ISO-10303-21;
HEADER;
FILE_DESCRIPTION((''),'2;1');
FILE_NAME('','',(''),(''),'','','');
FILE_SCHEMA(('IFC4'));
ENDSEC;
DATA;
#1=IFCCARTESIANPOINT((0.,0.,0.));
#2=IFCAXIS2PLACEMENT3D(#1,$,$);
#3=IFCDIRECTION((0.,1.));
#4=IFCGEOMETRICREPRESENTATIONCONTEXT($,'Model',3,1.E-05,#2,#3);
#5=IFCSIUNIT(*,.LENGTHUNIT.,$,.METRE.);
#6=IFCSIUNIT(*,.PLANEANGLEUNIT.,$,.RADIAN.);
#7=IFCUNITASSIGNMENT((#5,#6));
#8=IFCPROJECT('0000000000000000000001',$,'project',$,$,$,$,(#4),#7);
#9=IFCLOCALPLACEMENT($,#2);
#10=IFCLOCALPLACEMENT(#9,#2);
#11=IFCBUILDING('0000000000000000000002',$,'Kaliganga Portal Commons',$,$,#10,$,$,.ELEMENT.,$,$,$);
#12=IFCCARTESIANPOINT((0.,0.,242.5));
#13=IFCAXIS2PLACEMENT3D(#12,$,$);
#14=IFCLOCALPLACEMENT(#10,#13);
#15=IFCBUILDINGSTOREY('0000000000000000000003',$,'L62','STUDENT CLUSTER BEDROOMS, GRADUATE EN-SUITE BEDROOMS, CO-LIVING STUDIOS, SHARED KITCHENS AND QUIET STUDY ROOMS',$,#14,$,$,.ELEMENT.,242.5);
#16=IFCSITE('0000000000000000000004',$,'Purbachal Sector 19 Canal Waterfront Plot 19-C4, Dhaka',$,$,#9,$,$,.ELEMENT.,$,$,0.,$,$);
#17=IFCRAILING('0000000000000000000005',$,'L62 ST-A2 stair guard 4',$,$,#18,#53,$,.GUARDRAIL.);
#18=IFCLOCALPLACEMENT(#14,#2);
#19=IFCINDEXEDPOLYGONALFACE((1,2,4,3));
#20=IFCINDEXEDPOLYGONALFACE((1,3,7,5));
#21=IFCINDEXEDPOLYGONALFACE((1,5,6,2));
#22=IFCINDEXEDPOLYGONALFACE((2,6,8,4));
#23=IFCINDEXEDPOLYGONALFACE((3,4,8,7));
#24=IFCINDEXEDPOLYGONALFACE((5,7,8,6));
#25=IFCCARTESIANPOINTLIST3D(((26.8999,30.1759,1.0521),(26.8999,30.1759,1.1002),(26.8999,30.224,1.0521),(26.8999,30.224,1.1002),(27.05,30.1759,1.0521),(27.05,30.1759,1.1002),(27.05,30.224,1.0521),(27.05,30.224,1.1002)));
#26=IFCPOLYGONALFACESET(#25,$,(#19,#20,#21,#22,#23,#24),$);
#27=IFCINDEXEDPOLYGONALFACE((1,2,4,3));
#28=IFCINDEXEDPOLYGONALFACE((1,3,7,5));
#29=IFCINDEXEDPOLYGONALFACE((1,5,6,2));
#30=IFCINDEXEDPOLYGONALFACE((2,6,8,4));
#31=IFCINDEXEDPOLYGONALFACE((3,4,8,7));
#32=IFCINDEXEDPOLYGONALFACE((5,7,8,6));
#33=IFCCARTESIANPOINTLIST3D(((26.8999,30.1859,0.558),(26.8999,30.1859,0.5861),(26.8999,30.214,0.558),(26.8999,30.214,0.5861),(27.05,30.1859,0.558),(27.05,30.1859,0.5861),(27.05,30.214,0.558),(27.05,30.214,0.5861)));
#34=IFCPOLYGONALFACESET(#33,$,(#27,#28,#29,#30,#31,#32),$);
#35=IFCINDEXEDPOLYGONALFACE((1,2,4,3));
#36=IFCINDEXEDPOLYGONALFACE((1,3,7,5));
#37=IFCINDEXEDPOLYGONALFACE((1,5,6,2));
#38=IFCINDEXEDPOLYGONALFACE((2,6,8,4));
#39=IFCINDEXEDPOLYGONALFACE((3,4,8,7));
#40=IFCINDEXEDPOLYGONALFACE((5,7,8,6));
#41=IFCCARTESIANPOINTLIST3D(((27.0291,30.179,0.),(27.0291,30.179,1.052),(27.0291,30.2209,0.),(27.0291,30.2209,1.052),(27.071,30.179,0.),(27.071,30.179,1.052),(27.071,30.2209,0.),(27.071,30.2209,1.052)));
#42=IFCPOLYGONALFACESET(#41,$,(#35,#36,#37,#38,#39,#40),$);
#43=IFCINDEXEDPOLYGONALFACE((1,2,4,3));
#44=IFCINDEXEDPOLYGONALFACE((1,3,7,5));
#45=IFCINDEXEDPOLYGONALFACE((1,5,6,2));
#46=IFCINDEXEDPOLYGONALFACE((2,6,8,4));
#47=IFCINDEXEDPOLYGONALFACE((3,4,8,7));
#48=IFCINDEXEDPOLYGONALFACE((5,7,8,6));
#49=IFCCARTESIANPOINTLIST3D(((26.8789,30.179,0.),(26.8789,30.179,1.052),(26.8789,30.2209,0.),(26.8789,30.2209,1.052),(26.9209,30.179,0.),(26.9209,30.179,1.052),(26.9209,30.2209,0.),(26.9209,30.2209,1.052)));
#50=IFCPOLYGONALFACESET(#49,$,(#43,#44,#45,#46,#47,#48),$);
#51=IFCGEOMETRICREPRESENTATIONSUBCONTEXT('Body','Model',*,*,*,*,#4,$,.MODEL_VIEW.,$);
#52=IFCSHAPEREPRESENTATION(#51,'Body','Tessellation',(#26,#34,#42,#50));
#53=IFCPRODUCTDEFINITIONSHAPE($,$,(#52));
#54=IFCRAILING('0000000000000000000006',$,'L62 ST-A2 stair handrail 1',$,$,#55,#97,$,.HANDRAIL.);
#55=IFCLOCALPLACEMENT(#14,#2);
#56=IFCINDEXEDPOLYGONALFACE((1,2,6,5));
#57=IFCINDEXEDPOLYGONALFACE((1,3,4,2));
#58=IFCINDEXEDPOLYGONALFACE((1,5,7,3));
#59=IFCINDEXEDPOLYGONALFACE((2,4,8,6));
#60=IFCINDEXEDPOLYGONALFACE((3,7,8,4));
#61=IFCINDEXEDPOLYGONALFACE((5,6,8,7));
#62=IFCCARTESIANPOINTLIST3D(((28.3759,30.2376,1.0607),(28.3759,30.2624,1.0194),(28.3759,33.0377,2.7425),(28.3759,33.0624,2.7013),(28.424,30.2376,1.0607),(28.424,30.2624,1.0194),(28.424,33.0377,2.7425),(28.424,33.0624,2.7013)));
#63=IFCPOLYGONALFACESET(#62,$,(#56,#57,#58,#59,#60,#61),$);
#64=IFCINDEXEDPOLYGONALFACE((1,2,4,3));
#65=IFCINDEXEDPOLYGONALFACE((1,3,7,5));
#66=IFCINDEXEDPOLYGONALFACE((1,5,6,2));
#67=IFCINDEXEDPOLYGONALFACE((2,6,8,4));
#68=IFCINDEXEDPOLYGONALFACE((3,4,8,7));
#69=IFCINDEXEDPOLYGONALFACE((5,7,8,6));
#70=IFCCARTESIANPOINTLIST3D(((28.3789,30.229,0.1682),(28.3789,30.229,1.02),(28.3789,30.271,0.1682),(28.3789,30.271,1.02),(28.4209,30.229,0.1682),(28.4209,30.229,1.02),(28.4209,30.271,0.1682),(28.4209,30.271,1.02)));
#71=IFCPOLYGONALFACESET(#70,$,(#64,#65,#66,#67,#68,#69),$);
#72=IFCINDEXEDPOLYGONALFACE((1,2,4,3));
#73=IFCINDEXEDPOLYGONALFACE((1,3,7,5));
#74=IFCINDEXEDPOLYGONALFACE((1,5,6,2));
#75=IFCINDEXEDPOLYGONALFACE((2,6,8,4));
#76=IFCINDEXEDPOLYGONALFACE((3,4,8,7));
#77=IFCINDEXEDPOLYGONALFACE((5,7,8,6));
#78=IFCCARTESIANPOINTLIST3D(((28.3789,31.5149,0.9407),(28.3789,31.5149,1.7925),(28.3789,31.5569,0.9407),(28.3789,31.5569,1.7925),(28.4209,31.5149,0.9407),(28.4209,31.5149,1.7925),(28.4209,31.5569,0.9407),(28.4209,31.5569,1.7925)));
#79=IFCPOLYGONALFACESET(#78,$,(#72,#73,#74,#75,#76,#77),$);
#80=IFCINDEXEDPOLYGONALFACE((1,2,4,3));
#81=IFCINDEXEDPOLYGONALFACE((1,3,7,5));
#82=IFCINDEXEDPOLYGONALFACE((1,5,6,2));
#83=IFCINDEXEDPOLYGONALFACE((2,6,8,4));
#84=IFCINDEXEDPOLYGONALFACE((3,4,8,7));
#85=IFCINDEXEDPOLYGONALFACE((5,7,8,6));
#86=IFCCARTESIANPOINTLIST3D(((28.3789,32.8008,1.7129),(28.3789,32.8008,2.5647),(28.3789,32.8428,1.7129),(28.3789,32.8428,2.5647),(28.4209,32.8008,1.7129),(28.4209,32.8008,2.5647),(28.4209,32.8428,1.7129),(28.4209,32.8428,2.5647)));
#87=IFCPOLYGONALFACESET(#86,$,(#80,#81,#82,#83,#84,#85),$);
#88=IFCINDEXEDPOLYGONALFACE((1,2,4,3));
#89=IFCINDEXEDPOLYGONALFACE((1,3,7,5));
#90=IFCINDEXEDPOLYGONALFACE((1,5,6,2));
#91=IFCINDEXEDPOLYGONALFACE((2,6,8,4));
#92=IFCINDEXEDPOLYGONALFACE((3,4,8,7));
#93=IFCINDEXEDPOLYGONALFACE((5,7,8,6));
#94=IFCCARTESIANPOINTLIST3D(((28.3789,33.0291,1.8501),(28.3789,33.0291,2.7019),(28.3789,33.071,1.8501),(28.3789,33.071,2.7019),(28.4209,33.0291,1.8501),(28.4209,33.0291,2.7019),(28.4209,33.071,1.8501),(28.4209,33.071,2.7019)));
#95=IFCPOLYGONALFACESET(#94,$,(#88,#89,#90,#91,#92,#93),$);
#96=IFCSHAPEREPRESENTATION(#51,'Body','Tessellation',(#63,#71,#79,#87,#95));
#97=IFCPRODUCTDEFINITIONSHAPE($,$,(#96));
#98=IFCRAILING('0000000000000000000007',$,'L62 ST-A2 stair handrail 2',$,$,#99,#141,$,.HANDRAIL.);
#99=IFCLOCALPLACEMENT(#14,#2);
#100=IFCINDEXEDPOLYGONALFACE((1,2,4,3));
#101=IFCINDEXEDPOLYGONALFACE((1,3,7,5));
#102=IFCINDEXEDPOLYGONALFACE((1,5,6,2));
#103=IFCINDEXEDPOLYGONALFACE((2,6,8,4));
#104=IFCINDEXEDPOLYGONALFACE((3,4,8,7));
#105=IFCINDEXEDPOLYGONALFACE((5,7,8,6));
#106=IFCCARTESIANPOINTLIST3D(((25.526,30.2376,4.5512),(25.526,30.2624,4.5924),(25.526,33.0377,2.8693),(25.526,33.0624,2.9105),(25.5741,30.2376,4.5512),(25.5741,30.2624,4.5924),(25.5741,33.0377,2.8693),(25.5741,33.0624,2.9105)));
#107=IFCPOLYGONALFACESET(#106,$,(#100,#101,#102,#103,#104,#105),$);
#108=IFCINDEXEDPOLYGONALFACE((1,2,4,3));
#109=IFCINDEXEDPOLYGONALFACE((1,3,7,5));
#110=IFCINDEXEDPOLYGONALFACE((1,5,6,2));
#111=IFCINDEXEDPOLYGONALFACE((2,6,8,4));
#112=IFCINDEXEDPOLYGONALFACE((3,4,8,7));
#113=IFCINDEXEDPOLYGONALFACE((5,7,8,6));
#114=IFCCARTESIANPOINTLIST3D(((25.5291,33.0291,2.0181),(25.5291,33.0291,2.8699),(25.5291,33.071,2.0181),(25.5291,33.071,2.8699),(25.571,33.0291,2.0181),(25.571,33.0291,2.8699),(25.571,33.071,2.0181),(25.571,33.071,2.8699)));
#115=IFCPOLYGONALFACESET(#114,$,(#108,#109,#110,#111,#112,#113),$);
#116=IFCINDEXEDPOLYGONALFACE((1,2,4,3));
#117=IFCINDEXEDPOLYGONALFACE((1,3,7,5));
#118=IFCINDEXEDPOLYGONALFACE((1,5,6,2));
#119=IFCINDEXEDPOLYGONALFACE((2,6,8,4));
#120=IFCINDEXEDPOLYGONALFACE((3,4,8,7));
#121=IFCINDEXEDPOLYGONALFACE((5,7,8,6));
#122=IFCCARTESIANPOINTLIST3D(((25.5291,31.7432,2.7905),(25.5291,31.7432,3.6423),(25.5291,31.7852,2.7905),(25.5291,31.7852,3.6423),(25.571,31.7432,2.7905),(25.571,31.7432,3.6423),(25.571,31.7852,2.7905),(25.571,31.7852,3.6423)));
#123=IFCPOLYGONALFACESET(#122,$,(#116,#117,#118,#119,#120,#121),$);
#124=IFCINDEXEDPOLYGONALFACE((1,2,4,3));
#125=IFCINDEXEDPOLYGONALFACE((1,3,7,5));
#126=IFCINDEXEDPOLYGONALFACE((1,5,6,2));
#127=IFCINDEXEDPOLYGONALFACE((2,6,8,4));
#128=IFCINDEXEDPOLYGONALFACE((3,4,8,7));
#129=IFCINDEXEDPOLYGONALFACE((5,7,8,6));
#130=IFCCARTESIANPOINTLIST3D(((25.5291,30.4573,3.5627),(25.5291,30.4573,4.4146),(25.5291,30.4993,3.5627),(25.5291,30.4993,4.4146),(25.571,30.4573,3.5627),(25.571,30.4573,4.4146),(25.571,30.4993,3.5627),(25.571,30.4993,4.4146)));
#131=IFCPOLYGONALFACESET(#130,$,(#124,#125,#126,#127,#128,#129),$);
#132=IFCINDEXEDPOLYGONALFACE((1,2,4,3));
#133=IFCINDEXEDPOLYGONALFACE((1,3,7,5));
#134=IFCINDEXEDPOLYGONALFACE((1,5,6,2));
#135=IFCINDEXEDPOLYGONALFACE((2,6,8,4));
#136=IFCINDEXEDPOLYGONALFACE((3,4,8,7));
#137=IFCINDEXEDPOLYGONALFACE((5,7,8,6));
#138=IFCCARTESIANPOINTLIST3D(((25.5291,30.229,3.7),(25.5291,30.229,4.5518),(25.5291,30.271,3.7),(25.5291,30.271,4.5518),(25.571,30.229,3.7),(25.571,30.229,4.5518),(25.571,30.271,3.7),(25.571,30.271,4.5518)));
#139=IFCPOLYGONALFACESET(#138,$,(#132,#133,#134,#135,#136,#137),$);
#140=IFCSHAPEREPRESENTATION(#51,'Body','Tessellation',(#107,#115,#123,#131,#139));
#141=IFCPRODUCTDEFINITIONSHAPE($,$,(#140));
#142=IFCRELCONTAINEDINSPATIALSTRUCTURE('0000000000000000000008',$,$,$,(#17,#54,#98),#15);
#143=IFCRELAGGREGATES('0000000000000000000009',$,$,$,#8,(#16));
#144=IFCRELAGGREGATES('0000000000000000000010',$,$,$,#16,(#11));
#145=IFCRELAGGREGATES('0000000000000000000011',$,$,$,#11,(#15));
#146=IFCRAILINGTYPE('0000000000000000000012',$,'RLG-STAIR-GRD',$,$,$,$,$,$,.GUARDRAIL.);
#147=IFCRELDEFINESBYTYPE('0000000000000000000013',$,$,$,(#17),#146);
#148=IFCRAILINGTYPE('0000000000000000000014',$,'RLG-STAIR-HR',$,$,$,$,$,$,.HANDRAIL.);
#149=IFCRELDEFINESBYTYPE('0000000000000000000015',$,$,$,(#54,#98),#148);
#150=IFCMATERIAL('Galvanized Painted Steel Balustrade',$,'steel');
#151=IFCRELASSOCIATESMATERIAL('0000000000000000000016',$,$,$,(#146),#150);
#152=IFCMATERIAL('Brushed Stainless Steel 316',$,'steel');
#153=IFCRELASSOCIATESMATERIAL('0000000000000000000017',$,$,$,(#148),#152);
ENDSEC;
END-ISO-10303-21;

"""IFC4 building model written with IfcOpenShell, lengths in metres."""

from ifc_helpers import new_model, si_unit, direction, frame, origin, origin_2d, place, context, subcontext, project, spatial, rectangle, extrude, material, type_object, element, save


model = new_model("IFC4")

# Units and contexts
model_context = context("Model", 3, precision=1e-05, world=origin(), true_north=direction((0.0, 1.0)))
body_context = subcontext(model_context, "Body", "Model", "MODEL_VIEW")
ifc_project = project(units=[si_unit("LENGTHUNIT", "METRE"), si_unit("PLANEANGLEUNIT", "RADIAN")], contexts=[model_context])

# Site, building, storey
site_placement = place(None, origin())
site = spatial("IfcSite", under=ifc_project, at=site_placement, Name="Purbachal Sector 19 Canal Waterfront Plot 19-C4, Dhaka", CompositionType="ELEMENT", RefElevation=0.0)
building_placement = place(site_placement, origin())
building = spatial("IfcBuilding", under=site, at=building_placement, Name="Kaliganga Portal Commons", CompositionType="ELEMENT")
storey_placement = place(building_placement, frame((0.0, 0.0, 242.5)))
storey = spatial("IfcBuildingStorey", under=building, at=storey_placement, Name="L62", Description="STUDENT CLUSTER BEDROOMS, GRADUATE EN-SUITE BEDROOMS, CO-LIVING STUDIOS, SHARED KITCHENS AND QUIET STUDY ROOMS", CompositionType="ELEMENT", Elevation=242.5)

# Railings
ifc_material_1 = material(Name="Galvanized Painted Steel Balustrade", Category="steel")
railing_type_1 = type_object("IfcRailingType", Name="RLG-STAIR-GRD", PredefinedType="GUARDRAIL", material=ifc_material_1)
railing_1_placement = place(storey_placement, frame((27.05, 30.2, 0.0)))
element("IfcRailing", 1, at=railing_1_placement, inside=storey, type_object=railing_type_1, Name="L62 ST-A2 stair guard 4", PredefinedType="GUARDRAIL", context=body_context, shape_type="SweptSolid", body=[
    extrude(rectangle(XDim=0.0481, YDim=0.0481, at=origin_2d()), frame((0.0, 0.0, 1.0762), z_axis=(-1.0, 0.0, 0.0), x_axis=(0.0, -1.0, 0.0)), (0.0, 0.0, 1.0), 0.1501),
    extrude(rectangle(XDim=0.0281, YDim=0.0281, at=origin_2d()), frame((0.0, 0.0, 0.572), z_axis=(-1.0, 0.0, 0.0), x_axis=(0.0, -1.0, 0.0)), (0.0, 0.0, 1.0), 0.1501),
    extrude(rectangle(XDim=0.042, YDim=0.042, at=origin_2d()), origin(), (0.0, 0.0, 1.0), 1.052),
    extrude(rectangle(XDim=0.042, YDim=0.042, at=origin_2d()), frame((-0.1501, 0.0, 0.0)), (0.0, 0.0, 1.0), 1.052),
])
ifc_material_2 = material(Name="Brushed Stainless Steel 316", Category="steel")
railing_type_2 = type_object("IfcRailingType", Name="RLG-STAIR-HR", PredefinedType="HANDRAIL", material=ifc_material_2)
railing_2_placement = place(storey_placement, frame((28.3999, 30.25, 0.1682)))
element("IfcRailing", 2, at=railing_2_placement, inside=storey, type_object=railing_type_2, Name="L62 ST-A2 stair handrail 1", PredefinedType="HANDRAIL", context=body_context, shape_type="SweptSolid", body=[
    extrude(rectangle(XDim=0.0481, YDim=0.0481, at=origin_2d()), frame((0.0, 0.0, 0.8718), z_axis=(0.0, 0.857242, 0.514913), x_axis=(-1.0, 0.0, 0.0)), (0.0, 0.0, 1.0), 3.2664),
    extrude(rectangle(XDim=0.042, YDim=0.042, at=origin_2d()), origin(), (0.0, 0.0, 1.0), 0.8518),
    extrude(rectangle(XDim=0.042, YDim=0.042, at=origin_2d()), frame((0.0, 1.2859, 0.7725)), (0.0, 0.0, 1.0), 0.8518),
    extrude(rectangle(XDim=0.042, YDim=0.042, at=origin_2d()), frame((0.0, 2.5718, 1.5447)), (0.0, 0.0, 1.0), 0.8518),
    extrude(rectangle(XDim=0.042, YDim=0.042, at=origin_2d()), frame((0.0, 2.8, 1.6819)), (0.0, 0.0, 1.0), 0.8518),
])
railing_3_placement = place(storey_placement, frame((25.55, 33.05, 2.0181)))
element("IfcRailing", 3, at=railing_3_placement, inside=storey, type_object=railing_type_2, Name="L62 ST-A2 stair handrail 2", PredefinedType="HANDRAIL", context=body_context, shape_type="SweptSolid", body=[
    extrude(rectangle(XDim=0.0481, YDim=0.0481, at=origin_2d()), frame((0.0, 0.0, 0.8718), z_axis=(0.0, -0.857242, 0.514913), x_axis=(1.0, 0.0, 0.0)), (0.0, 0.0, 1.0), 3.2664),
    extrude(rectangle(XDim=0.042, YDim=0.042, at=origin_2d()), origin(), (0.0, 0.0, 1.0), 0.8518),
    extrude(rectangle(XDim=0.042, YDim=0.042, at=origin_2d()), frame((0.0, -1.2859, 0.7725)), (0.0, 0.0, 1.0), 0.8518),
    extrude(rectangle(XDim=0.042, YDim=0.042, at=origin_2d()), frame((0.0, -2.5718, 1.5447)), (0.0, 0.0, 1.0), 0.8518),
    extrude(rectangle(XDim=0.042, YDim=0.042, at=origin_2d()), frame((0.0, -2.8, 1.6819)), (0.0, 0.0, 1.0), 0.8518),
])

save(model, "model.ifc")
